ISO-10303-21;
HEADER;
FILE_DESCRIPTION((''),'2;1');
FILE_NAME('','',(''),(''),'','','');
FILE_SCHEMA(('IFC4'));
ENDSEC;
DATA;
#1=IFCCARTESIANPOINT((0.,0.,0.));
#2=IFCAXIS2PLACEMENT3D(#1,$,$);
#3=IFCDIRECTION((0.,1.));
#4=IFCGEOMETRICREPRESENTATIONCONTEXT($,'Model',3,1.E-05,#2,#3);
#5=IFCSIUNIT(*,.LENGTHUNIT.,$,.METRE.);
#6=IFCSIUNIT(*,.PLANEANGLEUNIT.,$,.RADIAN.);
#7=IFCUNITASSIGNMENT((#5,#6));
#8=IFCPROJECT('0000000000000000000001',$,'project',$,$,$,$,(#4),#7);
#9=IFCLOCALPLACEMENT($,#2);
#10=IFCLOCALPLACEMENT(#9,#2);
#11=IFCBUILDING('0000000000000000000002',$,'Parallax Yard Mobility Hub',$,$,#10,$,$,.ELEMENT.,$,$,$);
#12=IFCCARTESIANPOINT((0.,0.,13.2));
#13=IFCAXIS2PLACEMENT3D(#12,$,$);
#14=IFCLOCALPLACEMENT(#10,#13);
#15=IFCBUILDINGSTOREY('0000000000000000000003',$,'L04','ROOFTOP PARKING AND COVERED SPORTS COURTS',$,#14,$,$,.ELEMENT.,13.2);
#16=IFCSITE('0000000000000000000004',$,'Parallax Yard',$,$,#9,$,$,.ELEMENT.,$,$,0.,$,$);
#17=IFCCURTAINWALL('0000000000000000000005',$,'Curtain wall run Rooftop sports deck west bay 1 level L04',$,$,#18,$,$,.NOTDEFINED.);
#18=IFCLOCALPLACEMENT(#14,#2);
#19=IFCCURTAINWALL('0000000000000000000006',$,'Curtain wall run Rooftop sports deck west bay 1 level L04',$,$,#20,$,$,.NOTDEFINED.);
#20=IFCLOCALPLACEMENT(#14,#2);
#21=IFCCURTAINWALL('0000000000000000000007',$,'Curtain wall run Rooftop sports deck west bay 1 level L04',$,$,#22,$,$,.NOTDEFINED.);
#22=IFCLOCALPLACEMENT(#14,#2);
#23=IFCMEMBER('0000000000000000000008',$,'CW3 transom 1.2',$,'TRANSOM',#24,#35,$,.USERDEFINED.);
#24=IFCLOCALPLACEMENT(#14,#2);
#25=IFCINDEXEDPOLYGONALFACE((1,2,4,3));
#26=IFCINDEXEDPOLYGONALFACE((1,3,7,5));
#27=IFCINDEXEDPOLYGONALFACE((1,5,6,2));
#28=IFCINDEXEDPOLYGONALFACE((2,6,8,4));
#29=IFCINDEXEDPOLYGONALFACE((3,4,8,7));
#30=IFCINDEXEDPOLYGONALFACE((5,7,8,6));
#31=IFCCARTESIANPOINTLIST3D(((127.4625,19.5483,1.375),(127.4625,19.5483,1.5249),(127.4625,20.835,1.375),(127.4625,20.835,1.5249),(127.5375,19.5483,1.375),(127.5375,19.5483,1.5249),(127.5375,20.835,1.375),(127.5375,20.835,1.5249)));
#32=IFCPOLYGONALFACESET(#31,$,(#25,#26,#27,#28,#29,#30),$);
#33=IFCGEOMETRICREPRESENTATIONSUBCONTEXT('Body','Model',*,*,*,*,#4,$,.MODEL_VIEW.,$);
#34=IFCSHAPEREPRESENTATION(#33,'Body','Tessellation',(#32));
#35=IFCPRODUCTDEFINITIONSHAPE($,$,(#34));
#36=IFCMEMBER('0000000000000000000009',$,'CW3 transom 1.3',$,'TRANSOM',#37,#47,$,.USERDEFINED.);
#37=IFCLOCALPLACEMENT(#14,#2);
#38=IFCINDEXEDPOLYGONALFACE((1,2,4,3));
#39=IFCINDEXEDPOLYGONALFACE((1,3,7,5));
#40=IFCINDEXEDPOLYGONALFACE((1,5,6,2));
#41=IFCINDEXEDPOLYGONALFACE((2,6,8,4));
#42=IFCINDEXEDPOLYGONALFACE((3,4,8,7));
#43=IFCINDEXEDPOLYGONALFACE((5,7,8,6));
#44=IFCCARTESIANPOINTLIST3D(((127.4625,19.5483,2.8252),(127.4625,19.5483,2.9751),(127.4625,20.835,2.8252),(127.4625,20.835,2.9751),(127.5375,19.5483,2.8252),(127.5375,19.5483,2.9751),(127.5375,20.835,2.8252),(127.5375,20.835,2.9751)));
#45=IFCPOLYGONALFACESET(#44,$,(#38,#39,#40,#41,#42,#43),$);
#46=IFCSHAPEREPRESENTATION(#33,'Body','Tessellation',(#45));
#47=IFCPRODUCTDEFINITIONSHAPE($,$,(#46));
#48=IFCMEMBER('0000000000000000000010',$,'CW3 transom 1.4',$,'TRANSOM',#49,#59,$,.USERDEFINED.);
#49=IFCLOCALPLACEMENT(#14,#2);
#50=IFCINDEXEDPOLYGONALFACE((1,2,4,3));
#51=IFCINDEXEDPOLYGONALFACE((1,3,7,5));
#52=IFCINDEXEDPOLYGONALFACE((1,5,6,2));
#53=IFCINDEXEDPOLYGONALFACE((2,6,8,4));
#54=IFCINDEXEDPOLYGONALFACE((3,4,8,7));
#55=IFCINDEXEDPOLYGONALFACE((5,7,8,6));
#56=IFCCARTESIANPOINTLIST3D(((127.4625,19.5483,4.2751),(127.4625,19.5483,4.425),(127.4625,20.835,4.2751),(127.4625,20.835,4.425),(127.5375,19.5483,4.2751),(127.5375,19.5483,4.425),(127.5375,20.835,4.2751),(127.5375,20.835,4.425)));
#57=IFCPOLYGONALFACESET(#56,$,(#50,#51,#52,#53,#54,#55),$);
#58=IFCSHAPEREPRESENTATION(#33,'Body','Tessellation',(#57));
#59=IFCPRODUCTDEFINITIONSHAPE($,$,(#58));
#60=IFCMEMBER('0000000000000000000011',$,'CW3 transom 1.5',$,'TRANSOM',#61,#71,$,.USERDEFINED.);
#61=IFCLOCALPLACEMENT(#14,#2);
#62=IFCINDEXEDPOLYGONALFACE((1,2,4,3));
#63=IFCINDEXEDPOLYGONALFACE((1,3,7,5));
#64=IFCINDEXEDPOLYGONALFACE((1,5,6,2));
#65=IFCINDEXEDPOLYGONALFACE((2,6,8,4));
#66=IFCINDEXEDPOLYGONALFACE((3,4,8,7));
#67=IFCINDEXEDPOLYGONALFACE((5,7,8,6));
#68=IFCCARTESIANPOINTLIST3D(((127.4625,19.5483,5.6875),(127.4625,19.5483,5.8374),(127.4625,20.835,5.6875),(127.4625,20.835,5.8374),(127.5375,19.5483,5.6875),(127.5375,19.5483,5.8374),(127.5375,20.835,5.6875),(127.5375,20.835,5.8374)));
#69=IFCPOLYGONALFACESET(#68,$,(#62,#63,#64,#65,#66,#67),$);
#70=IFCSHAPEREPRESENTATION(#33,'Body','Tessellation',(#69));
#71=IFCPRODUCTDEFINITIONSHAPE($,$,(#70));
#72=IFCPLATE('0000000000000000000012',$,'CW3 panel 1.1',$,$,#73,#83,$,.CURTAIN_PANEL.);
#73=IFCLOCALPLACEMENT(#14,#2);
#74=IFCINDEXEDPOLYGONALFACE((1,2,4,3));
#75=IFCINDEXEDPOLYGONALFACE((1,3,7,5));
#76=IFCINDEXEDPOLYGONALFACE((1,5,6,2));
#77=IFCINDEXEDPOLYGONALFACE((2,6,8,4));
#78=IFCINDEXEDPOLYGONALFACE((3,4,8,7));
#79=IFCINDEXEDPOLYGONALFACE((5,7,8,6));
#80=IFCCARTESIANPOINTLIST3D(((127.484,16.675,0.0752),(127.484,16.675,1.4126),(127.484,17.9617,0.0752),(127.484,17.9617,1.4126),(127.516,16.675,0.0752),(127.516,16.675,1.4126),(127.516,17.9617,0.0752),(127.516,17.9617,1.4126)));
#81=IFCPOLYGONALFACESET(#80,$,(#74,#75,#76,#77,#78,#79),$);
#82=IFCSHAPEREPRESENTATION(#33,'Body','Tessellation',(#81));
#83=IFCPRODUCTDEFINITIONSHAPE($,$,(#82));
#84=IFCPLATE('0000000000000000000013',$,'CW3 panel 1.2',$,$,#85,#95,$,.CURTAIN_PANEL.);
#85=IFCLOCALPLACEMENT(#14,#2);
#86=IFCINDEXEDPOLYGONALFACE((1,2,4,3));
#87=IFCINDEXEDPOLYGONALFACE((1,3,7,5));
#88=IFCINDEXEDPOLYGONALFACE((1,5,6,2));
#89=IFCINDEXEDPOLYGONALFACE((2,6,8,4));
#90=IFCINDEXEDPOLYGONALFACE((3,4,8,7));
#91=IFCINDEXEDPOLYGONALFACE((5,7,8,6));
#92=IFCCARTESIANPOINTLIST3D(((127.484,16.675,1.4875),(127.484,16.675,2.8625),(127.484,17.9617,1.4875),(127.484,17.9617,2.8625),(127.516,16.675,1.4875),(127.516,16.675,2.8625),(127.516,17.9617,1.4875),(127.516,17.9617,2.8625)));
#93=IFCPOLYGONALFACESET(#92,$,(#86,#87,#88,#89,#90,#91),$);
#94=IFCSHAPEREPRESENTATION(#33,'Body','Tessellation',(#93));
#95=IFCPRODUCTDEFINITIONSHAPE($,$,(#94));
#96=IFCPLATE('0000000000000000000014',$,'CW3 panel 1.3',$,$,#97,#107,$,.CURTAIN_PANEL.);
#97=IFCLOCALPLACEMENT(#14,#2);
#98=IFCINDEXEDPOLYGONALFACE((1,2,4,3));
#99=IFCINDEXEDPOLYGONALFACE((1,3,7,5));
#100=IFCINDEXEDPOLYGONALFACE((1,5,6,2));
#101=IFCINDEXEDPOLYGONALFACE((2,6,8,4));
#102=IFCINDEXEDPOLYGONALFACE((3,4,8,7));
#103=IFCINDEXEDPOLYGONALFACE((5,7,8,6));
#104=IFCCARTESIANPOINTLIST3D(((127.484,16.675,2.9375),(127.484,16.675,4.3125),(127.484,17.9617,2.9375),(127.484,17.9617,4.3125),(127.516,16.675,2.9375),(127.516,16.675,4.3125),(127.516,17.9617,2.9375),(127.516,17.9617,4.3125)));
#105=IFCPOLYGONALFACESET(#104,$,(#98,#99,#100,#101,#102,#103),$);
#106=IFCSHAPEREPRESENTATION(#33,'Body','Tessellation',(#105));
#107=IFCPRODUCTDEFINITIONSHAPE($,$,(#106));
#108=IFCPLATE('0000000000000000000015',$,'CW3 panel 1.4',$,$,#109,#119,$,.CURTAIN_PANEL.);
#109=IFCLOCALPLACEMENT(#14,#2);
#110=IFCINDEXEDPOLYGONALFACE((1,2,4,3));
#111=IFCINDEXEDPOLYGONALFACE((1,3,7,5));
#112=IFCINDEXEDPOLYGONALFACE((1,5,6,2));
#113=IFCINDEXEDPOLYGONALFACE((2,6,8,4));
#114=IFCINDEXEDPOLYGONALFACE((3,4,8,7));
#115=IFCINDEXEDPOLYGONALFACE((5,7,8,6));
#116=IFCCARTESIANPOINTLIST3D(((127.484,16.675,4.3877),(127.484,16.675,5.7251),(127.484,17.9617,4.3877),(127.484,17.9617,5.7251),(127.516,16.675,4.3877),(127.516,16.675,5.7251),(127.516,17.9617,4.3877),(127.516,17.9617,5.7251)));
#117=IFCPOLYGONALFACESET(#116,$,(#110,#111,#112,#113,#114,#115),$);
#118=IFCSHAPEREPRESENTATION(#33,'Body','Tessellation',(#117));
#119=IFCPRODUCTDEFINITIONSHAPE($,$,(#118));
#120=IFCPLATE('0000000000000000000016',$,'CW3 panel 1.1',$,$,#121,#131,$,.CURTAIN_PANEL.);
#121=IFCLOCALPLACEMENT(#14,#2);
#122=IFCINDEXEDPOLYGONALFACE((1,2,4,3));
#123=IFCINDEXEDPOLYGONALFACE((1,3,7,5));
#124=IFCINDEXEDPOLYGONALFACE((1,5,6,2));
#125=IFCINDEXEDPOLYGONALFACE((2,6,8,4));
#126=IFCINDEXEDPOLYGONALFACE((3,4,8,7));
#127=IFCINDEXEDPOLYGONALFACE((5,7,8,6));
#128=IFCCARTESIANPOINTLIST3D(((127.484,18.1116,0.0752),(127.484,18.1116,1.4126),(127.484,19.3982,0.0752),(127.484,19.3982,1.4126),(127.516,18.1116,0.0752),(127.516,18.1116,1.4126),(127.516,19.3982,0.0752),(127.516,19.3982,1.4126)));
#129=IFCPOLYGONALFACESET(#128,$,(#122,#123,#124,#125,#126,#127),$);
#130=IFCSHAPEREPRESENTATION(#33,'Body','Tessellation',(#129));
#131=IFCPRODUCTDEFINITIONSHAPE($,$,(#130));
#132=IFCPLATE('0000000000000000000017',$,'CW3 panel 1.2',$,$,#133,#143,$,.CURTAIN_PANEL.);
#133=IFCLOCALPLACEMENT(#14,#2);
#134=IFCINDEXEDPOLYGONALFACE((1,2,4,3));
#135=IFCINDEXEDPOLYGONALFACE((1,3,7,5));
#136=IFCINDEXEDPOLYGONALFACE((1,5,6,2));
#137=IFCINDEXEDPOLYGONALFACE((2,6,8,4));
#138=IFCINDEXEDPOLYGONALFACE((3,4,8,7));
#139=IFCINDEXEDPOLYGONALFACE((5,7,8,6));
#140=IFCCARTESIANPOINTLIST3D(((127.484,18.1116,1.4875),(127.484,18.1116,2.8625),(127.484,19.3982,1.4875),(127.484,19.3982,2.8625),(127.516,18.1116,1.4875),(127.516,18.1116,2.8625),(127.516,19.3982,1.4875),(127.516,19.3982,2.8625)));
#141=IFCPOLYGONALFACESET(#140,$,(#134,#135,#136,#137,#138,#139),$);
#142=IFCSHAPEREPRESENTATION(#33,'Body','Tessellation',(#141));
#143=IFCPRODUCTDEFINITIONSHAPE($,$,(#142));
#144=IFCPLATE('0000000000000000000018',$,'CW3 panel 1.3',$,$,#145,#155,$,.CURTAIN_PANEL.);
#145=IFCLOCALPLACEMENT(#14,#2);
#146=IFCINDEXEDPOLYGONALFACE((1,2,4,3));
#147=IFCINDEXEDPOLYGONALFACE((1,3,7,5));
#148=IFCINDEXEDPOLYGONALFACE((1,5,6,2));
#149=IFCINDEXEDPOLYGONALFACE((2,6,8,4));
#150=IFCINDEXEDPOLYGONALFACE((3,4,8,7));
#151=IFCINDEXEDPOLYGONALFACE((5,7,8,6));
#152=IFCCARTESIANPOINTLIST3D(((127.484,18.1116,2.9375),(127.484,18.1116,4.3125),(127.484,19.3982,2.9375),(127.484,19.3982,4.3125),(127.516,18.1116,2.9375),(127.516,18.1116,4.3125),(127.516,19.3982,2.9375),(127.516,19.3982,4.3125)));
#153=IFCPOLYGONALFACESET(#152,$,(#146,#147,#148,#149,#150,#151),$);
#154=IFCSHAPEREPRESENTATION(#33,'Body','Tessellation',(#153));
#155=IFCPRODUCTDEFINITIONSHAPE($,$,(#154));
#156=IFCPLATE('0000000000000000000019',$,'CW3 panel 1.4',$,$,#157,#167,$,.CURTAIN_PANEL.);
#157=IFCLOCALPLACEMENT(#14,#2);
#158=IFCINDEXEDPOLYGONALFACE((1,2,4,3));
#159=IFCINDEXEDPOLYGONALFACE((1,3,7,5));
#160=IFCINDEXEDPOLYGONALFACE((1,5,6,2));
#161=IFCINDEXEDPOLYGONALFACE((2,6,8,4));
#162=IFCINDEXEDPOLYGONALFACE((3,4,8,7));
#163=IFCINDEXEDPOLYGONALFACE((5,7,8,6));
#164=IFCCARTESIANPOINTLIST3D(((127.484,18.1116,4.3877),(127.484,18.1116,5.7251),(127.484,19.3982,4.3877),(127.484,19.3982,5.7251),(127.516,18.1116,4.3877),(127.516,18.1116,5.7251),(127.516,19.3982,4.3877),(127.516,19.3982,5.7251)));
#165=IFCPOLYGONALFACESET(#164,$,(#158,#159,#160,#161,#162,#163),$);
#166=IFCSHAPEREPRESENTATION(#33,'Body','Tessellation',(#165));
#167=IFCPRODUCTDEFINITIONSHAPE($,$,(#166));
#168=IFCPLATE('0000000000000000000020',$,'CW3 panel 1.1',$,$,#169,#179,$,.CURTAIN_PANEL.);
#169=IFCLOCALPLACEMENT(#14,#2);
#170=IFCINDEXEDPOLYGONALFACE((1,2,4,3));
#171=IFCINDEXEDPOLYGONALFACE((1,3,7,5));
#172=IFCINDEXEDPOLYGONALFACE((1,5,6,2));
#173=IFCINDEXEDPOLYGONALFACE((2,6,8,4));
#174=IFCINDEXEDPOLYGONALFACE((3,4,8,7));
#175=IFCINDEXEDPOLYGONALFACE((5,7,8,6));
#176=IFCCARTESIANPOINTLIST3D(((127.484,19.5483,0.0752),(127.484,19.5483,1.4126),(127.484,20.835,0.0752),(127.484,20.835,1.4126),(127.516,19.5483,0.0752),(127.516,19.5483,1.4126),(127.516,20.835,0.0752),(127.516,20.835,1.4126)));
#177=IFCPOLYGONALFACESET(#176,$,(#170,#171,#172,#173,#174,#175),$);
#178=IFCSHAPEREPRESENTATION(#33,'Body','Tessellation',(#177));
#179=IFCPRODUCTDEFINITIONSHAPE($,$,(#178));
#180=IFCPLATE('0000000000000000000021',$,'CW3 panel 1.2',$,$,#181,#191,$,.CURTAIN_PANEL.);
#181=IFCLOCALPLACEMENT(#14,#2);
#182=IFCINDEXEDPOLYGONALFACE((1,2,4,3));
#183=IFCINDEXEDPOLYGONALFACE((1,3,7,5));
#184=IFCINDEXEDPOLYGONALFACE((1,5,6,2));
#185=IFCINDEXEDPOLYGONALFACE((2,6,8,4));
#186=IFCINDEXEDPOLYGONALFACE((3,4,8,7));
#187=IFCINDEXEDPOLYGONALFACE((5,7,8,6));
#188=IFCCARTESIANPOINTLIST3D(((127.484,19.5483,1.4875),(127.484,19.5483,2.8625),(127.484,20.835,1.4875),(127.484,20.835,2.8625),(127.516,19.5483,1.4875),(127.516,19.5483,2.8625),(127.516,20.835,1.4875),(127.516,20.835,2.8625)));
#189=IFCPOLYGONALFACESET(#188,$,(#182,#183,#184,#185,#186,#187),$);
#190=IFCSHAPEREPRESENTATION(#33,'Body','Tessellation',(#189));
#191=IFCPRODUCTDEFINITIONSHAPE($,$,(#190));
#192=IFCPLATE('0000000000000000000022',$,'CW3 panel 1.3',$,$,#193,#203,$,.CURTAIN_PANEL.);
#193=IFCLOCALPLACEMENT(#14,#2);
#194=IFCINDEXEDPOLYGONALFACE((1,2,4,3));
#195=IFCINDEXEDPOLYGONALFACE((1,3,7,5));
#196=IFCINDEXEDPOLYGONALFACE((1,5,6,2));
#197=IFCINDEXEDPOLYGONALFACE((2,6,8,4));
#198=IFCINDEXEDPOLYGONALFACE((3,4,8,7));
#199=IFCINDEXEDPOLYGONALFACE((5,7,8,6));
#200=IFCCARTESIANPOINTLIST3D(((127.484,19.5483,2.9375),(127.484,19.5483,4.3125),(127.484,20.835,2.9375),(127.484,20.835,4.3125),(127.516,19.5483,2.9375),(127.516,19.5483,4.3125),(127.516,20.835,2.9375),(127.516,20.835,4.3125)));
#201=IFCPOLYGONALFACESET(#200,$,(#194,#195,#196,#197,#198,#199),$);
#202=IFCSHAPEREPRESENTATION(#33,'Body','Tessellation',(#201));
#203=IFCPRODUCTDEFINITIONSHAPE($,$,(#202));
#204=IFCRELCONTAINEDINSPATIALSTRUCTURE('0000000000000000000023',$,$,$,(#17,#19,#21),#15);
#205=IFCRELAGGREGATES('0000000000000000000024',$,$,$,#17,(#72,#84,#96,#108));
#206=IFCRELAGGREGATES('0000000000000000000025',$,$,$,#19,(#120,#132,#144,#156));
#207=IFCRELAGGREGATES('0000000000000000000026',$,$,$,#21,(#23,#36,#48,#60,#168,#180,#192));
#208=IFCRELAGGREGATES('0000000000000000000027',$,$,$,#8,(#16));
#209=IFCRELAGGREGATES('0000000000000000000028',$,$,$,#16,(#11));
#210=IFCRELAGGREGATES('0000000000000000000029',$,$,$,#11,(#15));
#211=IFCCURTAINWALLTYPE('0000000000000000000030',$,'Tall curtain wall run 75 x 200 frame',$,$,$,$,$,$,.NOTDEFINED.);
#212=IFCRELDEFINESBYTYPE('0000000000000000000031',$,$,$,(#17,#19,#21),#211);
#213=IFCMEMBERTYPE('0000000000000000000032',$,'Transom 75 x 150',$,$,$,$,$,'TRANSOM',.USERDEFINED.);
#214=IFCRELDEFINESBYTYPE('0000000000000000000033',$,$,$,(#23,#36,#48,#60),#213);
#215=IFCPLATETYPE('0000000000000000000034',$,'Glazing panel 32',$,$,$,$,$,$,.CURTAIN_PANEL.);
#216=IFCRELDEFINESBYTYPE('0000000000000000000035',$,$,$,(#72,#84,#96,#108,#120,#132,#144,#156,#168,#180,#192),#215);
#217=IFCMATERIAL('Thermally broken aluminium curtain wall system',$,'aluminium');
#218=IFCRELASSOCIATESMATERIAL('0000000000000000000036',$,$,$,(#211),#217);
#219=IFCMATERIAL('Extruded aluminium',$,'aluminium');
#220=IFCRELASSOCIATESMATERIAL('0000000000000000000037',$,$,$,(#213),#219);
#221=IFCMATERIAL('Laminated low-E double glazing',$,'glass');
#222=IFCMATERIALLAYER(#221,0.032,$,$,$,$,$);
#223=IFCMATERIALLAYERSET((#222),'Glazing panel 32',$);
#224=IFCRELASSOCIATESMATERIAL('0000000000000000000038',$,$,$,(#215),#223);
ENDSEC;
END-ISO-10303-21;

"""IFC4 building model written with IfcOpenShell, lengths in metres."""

from ifc_helpers import new_model, si_unit, direction, frame, origin, origin_2d, place, context, subcontext, project, spatial, rectangle, extrude, material, layer, layer_set, material_profile, profile_set, type_object, element, aggregate, save


model = new_model("IFC4")

# Units and contexts
model_context = context("Model", 3, precision=1e-05, world=origin(), true_north=direction((0.0, 1.0)))
body_context = subcontext(model_context, "Body", "Model", "MODEL_VIEW")
ifc_project = project(units=[si_unit("LENGTHUNIT", "METRE"), si_unit("PLANEANGLEUNIT", "RADIAN")], contexts=[model_context])

# Site, building, storey
site_placement = place(None, origin())
site = spatial("IfcSite", under=ifc_project, at=site_placement, Name="Parallax Yard", CompositionType="ELEMENT", RefElevation=0.0)
building_placement = place(site_placement, origin())
building = spatial("IfcBuilding", under=site, at=building_placement, Name="Parallax Yard Mobility Hub", CompositionType="ELEMENT")
storey_placement = place(building_placement, frame((0.0, 0.0, 13.2)))
storey = spatial("IfcBuildingStorey", under=building, at=storey_placement, Name="L04", Description="ROOFTOP PARKING AND COVERED SPORTS COURTS", CompositionType="ELEMENT", Elevation=13.2)

# Curtain wall
ifc_material_1 = material(Name="Thermally broken aluminium curtain wall system", Category="aluminium")
curtain_wall_type = type_object("IfcCurtainWallType", Name="Tall curtain wall run 75 x 200 frame", PredefinedType="NOTDEFINED", material=ifc_material_1)
curtain_wall_1_placement = place(storey_placement, origin())
curtain_wall_1 = element("IfcCurtainWall", 1, at=curtain_wall_1_placement, inside=storey, type_object=curtain_wall_type, Name="Curtain wall run Rooftop sports deck west bay 1 level L04", PredefinedType="NOTDEFINED")
ifc_material_2 = material(Name="Extruded aluminium", Category="aluminium")

# Curtain walls
curtain_wall_2_placement = place(storey_placement, origin())
curtain_wall_2 = element("IfcCurtainWall", 2, at=curtain_wall_2_placement, inside=storey, type_object=curtain_wall_type, Name="Curtain wall run Rooftop sports deck west bay 1 level L04", PredefinedType="NOTDEFINED")
curtain_wall_3_placement = place(storey_placement, origin())
curtain_wall_3 = element("IfcCurtainWall", 3, at=curtain_wall_3_placement, inside=storey, type_object=curtain_wall_type, Name="Curtain wall run Rooftop sports deck west bay 1 level L04", PredefinedType="NOTDEFINED")

# Members
ifc_material_profile_1 = material_profile(ifc_material_2, rectangle(XDim=0.075, YDim=0.1499, at=origin_2d()), Name="Transom 75 x 150")
ifc_profile_set_1 = profile_set([ifc_material_profile_1], Name="Extruded aluminium")
member_type_1 = type_object("IfcMemberType", Name="Transom 75 x 150", ElementType="TRANSOM", PredefinedType="USERDEFINED", material=ifc_profile_set_1)
member_1_placement = place(storey_placement, frame((127.5, 19.5483, 1.45), z_axis=(0.0, 1.0, 0.0), x_axis=(-1.0, 0.0, 0.0)))
member_1 = element("IfcMember", 4, at=member_1_placement, type_object=member_type_1, Name="CW3 transom 1.2", ObjectType="TRANSOM", PredefinedType="USERDEFINED", context=body_context, shape_type="SweptSolid", body=[
    extrude(rectangle(XDim=0.075, YDim=0.1499, at=origin_2d()), origin(), (0.0, 0.0, 1.0), 1.2866),
])
member_2_placement = place(storey_placement, frame((127.5, 19.5483, 2.9001), z_axis=(0.0, 1.0, 0.0), x_axis=(-1.0, 0.0, 0.0)))
member_2 = element("IfcMember", 5, at=member_2_placement, type_object=member_type_1, Name="CW3 transom 1.3", ObjectType="TRANSOM", PredefinedType="USERDEFINED", context=body_context, shape_type="SweptSolid", body=[
    extrude(rectangle(XDim=0.075, YDim=0.1499, at=origin_2d()), origin(), (0.0, 0.0, 1.0), 1.2866),
])
member_3_placement = place(storey_placement, frame((127.5, 19.5483, 4.3501), z_axis=(0.0, 1.0, 0.0), x_axis=(-1.0, 0.0, 0.0)))
member_3 = element("IfcMember", 6, at=member_3_placement, type_object=member_type_1, Name="CW3 transom 1.4", ObjectType="TRANSOM", PredefinedType="USERDEFINED", context=body_context, shape_type="SweptSolid", body=[
    extrude(rectangle(XDim=0.075, YDim=0.1499, at=origin_2d()), origin(), (0.0, 0.0, 1.0), 1.2866),
])
member_4_placement = place(storey_placement, frame((127.5, 19.5483, 5.7625), z_axis=(0.0, 1.0, 0.0), x_axis=(-1.0, 0.0, 0.0)))
member_4 = element("IfcMember", 7, at=member_4_placement, type_object=member_type_1, Name="CW3 transom 1.5", ObjectType="TRANSOM", PredefinedType="USERDEFINED", context=body_context, shape_type="SweptSolid", body=[
    extrude(rectangle(XDim=0.075, YDim=0.1499, at=origin_2d()), origin(), (0.0, 0.0, 1.0), 1.2866),
])

# Plates
ifc_material_3 = material(Name="Laminated low-E double glazing", Category="glass")
ifc_layer = layer(ifc_material_3, 0.032)
ifc_layer_set = layer_set([ifc_layer], Name="Glazing panel 32")
plate_type = type_object("IfcPlateType", Name="Glazing panel 32", PredefinedType="CURTAIN_PANEL", material=ifc_layer_set)
plate_1_placement = place(storey_placement, frame((127.5, 17.3184, 0.0752), z_axis=(0.0, 0.0, 1.0), x_axis=(0.0, 1.0, 0.0)))
plate_1 = element("IfcPlate", 8, at=plate_1_placement, type_object=plate_type, Name="CW3 panel 1.1", PredefinedType="CURTAIN_PANEL", context=body_context, shape_type="SweptSolid", body=[
    extrude(rectangle(XDim=1.2866, YDim=0.032, at=origin_2d()), origin(), (0.0, 0.0, 1.0), 1.3374),
])
plate_2_placement = place(storey_placement, frame((127.5, 17.3184, 1.4875), z_axis=(0.0, 0.0, 1.0), x_axis=(0.0, 1.0, 0.0)))
plate_2 = element("IfcPlate", 9, at=plate_2_placement, type_object=plate_type, Name="CW3 panel 1.2", PredefinedType="CURTAIN_PANEL", context=body_context, shape_type="SweptSolid", body=[
    extrude(rectangle(XDim=1.2866, YDim=0.032, at=origin_2d()), origin(), (0.0, 0.0, 1.0), 1.375),
])
plate_3_placement = place(storey_placement, frame((127.5, 17.3184, 2.9375), z_axis=(0.0, 0.0, 1.0), x_axis=(0.0, 1.0, 0.0)))
plate_3 = element("IfcPlate", 10, at=plate_3_placement, type_object=plate_type, Name="CW3 panel 1.3", PredefinedType="CURTAIN_PANEL", context=body_context, shape_type="SweptSolid", body=[
    extrude(rectangle(XDim=1.2866, YDim=0.032, at=origin_2d()), origin(), (0.0, 0.0, 1.0), 1.375),
])
plate_4_placement = place(storey_placement, frame((127.5, 17.3184, 4.3877), z_axis=(0.0, 0.0, 1.0), x_axis=(0.0, 1.0, 0.0)))
plate_4 = element("IfcPlate", 11, at=plate_4_placement, type_object=plate_type, Name="CW3 panel 1.4", PredefinedType="CURTAIN_PANEL", context=body_context, shape_type="SweptSolid", body=[
    extrude(rectangle(XDim=1.2866, YDim=0.032, at=origin_2d()), origin(), (0.0, 0.0, 1.0), 1.3374),
])
aggregate(curtain_wall_1, [plate_1, plate_2, plate_3, plate_4])
plate_5_placement = place(storey_placement, frame((127.5, 18.7549, 0.0752), z_axis=(0.0, 0.0, 1.0), x_axis=(0.0, 1.0, 0.0)))
plate_5 = element("IfcPlate", 12, at=plate_5_placement, type_object=plate_type, Name="CW3 panel 1.1", PredefinedType="CURTAIN_PANEL", context=body_context, shape_type="SweptSolid", body=[
    extrude(rectangle(XDim=1.2866, YDim=0.032, at=origin_2d()), origin(), (0.0, 0.0, 1.0), 1.3374),
])
plate_6_placement = place(storey_placement, frame((127.5, 18.7549, 1.4875), z_axis=(0.0, 0.0, 1.0), x_axis=(0.0, 1.0, 0.0)))
plate_6 = element("IfcPlate", 13, at=plate_6_placement, type_object=plate_type, Name="CW3 panel 1.2", PredefinedType="CURTAIN_PANEL", context=body_context, shape_type="SweptSolid", body=[
    extrude(rectangle(XDim=1.2866, YDim=0.032, at=origin_2d()), origin(), (0.0, 0.0, 1.0), 1.375),
])
plate_7_placement = place(storey_placement, frame((127.5, 18.7549, 2.9375), z_axis=(0.0, 0.0, 1.0), x_axis=(0.0, 1.0, 0.0)))
plate_7 = element("IfcPlate", 14, at=plate_7_placement, type_object=plate_type, Name="CW3 panel 1.3", PredefinedType="CURTAIN_PANEL", context=body_context, shape_type="SweptSolid", body=[
    extrude(rectangle(XDim=1.2866, YDim=0.032, at=origin_2d()), origin(), (0.0, 0.0, 1.0), 1.375),
])
plate_8_placement = place(storey_placement, frame((127.5, 18.7549, 4.3877), z_axis=(0.0, 0.0, 1.0), x_axis=(0.0, 1.0, 0.0)))
plate_8 = element("IfcPlate", 15, at=plate_8_placement, type_object=plate_type, Name="CW3 panel 1.4", PredefinedType="CURTAIN_PANEL", context=body_context, shape_type="SweptSolid", body=[
    extrude(rectangle(XDim=1.2866, YDim=0.032, at=origin_2d()), origin(), (0.0, 0.0, 1.0), 1.3374),
])
aggregate(curtain_wall_2, [plate_5, plate_6, plate_7, plate_8])
plate_9_placement = place(storey_placement, frame((127.5, 20.1917, 0.0752), z_axis=(0.0, 0.0, 1.0), x_axis=(0.0, 1.0, 0.0)))
plate_9 = element("IfcPlate", 16, at=plate_9_placement, type_object=plate_type, Name="CW3 panel 1.1", PredefinedType="CURTAIN_PANEL", context=body_context, shape_type="SweptSolid", body=[
    extrude(rectangle(XDim=1.2866, YDim=0.032, at=origin_2d()), origin(), (0.0, 0.0, 1.0), 1.3374),
])
plate_10_placement = place(storey_placement, frame((127.5, 20.1917, 1.4875), z_axis=(0.0, 0.0, 1.0), x_axis=(0.0, 1.0, 0.0)))
plate_10 = element("IfcPlate", 17, at=plate_10_placement, type_object=plate_type, Name="CW3 panel 1.2", PredefinedType="CURTAIN_PANEL", context=body_context, shape_type="SweptSolid", body=[
    extrude(rectangle(XDim=1.2866, YDim=0.032, at=origin_2d()), origin(), (0.0, 0.0, 1.0), 1.375),
])
plate_11_placement = place(storey_placement, frame((127.5, 20.1917, 2.9375), z_axis=(0.0, 0.0, 1.0), x_axis=(0.0, 1.0, 0.0)))
plate_11 = element("IfcPlate", 18, at=plate_11_placement, type_object=plate_type, Name="CW3 panel 1.3", PredefinedType="CURTAIN_PANEL", context=body_context, shape_type="SweptSolid", body=[
    extrude(rectangle(XDim=1.2866, YDim=0.032, at=origin_2d()), origin(), (0.0, 0.0, 1.0), 1.375),
])
aggregate(curtain_wall_3, [member_1, member_2, member_3, member_4, plate_9, plate_10, plate_11])

save(model, "model.ifc")
